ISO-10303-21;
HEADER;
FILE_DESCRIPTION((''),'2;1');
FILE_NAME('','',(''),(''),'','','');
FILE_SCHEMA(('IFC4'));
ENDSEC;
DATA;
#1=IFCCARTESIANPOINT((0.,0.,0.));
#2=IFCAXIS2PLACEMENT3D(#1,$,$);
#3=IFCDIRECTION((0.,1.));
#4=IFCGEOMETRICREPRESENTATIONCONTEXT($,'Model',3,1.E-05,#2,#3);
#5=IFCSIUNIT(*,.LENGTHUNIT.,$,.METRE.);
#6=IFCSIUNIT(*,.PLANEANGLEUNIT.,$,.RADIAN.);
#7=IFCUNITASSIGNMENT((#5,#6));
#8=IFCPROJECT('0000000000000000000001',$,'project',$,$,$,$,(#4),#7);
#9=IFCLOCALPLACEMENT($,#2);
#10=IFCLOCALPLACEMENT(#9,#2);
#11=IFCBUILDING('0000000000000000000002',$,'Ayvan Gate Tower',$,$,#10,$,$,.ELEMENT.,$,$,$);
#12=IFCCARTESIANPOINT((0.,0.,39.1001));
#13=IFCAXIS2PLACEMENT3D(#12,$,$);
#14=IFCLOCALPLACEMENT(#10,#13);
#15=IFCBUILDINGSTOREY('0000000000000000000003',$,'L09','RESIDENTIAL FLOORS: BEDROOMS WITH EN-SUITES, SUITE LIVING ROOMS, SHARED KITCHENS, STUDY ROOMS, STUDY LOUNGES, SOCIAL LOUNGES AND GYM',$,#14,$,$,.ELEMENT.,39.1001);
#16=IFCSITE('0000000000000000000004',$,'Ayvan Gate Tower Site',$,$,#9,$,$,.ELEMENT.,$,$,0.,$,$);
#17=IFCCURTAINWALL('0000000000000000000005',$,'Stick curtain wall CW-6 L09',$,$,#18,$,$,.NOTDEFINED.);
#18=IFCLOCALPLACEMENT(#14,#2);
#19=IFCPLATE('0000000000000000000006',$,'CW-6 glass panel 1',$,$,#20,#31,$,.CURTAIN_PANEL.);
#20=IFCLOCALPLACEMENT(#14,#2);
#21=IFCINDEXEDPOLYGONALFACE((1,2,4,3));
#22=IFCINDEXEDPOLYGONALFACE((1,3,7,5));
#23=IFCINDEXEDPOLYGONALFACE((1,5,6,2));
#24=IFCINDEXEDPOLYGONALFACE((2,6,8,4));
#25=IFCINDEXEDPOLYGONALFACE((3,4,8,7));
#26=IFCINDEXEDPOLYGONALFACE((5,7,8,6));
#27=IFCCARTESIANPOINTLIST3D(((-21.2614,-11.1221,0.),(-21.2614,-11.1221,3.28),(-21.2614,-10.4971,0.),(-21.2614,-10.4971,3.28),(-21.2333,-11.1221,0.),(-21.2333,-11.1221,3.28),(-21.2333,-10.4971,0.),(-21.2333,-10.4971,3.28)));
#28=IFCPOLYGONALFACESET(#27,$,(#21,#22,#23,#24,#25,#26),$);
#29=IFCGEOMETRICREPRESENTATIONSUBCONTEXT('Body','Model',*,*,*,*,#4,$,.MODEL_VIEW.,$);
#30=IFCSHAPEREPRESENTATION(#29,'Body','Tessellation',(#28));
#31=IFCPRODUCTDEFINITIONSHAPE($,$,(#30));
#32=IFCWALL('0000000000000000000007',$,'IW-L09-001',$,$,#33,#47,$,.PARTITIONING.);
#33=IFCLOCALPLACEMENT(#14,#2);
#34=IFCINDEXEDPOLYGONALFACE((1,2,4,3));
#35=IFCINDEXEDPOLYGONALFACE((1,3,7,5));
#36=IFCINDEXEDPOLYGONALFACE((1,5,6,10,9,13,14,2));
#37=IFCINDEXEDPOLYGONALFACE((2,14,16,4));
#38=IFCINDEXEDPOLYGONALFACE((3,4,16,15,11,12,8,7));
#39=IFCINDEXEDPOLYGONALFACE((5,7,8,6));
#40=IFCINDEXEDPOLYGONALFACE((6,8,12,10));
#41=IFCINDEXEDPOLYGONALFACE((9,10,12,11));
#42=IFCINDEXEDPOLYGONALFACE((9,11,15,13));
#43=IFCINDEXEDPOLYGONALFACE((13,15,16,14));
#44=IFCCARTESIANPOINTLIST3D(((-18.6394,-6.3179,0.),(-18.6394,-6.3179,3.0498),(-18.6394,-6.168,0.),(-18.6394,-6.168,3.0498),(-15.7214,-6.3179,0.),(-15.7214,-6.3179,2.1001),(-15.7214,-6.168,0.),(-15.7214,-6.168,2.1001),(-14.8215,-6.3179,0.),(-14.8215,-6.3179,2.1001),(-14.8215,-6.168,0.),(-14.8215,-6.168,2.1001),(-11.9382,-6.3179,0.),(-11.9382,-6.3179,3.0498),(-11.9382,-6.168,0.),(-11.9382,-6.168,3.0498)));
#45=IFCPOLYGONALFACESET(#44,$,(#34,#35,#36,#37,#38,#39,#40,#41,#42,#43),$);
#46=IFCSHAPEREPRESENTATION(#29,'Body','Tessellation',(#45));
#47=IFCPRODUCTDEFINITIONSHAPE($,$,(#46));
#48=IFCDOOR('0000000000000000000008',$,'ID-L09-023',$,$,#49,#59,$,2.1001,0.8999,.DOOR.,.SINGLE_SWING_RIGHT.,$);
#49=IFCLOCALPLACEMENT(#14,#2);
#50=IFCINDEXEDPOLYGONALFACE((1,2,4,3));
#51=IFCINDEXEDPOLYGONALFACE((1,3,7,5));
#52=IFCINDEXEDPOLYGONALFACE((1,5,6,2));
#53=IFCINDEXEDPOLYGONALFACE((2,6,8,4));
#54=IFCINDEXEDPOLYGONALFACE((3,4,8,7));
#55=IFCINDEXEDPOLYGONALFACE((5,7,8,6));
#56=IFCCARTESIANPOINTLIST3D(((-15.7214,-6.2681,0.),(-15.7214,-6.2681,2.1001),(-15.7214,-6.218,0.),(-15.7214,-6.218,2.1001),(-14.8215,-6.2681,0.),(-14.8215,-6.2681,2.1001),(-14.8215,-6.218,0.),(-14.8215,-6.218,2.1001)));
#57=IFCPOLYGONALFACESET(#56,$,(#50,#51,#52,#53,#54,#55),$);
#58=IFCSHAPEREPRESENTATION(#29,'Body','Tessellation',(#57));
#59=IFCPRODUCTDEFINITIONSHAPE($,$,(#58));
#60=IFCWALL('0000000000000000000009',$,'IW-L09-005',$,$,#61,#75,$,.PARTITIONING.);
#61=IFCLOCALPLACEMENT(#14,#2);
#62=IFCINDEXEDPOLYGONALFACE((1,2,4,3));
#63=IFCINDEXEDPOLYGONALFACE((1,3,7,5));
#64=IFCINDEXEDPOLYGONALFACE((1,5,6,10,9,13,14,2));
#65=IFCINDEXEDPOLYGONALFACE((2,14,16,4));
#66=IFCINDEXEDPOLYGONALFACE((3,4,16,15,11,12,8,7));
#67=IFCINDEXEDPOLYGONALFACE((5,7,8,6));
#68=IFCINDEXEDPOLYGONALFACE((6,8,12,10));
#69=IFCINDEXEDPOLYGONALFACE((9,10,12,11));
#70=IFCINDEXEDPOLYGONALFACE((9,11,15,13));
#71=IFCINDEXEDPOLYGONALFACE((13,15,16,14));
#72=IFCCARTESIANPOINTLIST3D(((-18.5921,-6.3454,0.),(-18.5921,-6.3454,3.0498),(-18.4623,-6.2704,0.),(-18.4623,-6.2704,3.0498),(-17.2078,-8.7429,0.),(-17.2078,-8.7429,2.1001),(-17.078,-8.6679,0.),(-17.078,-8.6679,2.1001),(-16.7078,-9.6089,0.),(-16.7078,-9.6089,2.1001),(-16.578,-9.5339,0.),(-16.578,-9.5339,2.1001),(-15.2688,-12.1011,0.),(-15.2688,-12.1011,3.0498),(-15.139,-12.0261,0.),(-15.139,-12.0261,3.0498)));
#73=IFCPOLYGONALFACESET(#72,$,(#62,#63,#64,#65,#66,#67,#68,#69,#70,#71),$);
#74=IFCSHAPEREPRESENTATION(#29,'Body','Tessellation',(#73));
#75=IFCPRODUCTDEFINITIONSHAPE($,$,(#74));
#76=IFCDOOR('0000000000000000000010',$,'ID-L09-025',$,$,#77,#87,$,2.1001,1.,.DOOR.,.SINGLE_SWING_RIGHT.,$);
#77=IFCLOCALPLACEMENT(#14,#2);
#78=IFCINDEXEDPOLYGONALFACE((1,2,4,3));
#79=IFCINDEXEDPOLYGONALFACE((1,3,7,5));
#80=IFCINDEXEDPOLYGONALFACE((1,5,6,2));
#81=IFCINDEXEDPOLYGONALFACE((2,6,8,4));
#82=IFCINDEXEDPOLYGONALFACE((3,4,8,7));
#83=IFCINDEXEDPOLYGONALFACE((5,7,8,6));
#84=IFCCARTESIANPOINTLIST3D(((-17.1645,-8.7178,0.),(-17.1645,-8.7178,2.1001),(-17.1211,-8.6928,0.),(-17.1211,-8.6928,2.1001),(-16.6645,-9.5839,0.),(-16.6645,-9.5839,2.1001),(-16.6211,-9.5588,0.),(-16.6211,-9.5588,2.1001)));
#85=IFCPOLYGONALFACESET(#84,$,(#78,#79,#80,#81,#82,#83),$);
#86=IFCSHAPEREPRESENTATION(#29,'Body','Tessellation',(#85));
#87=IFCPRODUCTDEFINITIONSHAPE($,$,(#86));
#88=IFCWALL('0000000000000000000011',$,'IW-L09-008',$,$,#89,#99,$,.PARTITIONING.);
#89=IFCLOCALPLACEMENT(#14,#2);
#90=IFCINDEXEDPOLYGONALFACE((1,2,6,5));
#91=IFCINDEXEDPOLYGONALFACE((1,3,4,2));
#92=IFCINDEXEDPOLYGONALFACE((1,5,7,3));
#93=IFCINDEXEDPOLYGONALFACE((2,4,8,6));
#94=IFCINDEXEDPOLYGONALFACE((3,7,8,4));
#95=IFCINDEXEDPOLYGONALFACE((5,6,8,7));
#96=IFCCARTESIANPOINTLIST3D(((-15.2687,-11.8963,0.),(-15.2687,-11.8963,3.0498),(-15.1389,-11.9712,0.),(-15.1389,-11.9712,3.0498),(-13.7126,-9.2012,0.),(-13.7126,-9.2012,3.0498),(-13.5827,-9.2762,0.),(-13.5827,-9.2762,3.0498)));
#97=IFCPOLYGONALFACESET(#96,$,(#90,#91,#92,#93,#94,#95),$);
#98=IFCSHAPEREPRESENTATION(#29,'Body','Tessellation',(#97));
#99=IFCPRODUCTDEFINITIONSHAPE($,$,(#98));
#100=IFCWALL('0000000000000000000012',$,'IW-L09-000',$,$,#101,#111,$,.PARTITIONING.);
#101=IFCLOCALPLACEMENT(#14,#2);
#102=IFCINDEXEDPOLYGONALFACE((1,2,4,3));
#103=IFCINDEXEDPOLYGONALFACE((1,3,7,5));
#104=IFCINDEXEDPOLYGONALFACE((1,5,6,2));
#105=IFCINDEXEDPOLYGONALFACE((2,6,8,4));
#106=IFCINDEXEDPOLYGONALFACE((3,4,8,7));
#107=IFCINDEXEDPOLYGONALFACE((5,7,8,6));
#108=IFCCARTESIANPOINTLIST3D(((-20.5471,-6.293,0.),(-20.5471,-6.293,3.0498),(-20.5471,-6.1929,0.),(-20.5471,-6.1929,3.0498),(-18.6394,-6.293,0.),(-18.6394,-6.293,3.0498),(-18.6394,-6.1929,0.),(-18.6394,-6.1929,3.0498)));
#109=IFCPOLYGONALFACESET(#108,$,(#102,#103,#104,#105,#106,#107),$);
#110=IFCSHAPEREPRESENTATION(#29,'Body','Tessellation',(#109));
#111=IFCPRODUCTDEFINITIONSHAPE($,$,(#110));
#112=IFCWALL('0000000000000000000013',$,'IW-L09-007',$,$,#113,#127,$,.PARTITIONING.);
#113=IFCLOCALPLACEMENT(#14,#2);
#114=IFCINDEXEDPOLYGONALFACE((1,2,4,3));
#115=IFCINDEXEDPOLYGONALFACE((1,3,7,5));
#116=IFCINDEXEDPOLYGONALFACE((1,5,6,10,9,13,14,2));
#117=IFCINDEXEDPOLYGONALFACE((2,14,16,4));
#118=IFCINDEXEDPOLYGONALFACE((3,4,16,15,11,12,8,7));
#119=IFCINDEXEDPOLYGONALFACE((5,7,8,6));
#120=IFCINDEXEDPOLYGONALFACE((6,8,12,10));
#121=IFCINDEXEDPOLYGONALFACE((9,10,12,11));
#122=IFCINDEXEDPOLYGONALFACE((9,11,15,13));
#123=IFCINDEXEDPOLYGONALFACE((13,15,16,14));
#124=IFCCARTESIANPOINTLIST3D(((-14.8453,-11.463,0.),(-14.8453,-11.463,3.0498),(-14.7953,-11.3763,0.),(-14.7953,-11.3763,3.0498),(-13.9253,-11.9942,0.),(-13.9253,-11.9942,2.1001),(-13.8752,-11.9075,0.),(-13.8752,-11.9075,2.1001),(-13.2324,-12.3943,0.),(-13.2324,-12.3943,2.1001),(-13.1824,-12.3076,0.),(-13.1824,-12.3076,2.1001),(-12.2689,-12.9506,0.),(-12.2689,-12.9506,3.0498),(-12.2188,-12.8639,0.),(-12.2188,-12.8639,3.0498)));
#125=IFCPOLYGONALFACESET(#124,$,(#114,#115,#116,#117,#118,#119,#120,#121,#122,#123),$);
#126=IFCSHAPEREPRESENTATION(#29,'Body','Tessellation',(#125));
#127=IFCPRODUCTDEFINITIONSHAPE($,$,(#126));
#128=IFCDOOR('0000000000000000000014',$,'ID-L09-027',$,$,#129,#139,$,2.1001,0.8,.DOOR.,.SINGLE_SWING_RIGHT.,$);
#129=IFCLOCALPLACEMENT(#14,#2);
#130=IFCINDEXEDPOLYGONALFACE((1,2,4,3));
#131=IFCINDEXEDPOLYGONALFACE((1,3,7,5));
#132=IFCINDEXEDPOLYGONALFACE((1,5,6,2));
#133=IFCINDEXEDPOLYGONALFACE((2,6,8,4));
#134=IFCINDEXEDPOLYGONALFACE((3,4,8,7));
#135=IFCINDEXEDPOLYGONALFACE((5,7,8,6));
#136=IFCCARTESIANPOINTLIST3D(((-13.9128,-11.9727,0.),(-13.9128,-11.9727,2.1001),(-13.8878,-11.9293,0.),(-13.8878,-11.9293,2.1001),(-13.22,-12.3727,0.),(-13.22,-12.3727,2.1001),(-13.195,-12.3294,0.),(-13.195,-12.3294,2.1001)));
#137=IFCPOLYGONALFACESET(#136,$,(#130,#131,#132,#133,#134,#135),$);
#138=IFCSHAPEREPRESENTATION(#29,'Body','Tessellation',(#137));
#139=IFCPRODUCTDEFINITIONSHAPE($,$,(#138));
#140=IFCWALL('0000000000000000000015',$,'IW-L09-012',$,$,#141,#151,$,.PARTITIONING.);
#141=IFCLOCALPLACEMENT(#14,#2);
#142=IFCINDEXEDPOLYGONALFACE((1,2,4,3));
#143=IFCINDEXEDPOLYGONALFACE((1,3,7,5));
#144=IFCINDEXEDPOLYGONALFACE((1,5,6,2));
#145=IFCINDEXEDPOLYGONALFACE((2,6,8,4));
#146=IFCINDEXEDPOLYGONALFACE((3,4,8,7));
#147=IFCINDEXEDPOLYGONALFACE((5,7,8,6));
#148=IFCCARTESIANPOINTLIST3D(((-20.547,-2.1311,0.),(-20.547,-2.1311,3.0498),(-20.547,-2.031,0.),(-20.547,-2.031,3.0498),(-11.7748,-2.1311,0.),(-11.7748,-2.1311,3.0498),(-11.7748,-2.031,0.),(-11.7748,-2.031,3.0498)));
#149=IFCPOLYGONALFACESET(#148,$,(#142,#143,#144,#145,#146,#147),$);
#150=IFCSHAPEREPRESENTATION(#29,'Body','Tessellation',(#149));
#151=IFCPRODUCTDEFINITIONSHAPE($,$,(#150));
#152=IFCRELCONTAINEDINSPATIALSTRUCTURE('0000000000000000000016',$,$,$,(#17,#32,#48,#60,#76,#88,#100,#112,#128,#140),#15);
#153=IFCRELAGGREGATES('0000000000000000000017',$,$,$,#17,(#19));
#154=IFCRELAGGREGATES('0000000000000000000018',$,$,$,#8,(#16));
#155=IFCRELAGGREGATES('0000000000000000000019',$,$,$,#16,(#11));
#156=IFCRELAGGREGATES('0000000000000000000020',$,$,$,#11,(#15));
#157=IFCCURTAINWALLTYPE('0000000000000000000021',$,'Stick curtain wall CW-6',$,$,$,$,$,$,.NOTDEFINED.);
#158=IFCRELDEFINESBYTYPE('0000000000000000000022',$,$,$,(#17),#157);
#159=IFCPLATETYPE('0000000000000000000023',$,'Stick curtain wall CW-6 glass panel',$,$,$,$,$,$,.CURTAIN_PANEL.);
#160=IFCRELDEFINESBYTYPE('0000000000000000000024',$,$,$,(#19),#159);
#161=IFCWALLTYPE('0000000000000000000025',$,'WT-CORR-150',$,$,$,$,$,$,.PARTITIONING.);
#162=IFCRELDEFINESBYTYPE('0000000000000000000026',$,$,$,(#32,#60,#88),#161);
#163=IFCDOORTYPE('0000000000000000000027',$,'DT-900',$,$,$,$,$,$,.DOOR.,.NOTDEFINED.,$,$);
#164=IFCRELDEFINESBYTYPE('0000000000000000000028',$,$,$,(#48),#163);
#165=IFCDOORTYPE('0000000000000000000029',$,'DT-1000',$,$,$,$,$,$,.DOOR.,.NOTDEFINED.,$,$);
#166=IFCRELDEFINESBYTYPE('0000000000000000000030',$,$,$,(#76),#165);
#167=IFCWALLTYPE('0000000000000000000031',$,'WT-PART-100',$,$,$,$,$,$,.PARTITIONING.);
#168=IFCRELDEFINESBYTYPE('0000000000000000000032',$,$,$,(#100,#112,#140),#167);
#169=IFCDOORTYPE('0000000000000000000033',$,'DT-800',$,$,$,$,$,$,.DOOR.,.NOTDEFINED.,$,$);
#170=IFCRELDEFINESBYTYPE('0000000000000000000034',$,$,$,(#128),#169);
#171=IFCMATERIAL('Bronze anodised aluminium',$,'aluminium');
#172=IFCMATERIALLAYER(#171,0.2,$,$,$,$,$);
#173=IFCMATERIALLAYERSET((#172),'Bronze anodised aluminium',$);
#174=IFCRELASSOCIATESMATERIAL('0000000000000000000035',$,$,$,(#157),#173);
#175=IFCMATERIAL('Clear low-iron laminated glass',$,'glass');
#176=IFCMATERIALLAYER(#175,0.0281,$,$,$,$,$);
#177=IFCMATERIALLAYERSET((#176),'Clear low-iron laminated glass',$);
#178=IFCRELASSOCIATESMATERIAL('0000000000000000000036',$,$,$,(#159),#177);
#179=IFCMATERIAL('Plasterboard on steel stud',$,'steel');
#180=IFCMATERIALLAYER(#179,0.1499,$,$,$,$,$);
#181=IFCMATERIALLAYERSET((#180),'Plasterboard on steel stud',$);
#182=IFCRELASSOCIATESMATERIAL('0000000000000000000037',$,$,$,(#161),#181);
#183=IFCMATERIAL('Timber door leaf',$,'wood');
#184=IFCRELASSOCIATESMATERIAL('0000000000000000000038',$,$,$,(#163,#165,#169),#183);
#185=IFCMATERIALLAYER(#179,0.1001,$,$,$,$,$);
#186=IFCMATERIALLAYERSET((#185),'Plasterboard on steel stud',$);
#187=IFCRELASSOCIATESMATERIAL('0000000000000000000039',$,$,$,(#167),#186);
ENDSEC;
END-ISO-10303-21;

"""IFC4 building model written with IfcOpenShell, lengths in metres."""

from ifc_helpers import new_model, si_unit, direction, frame, frame_2d, origin, origin_2d, place, context, subcontext, project, spatial, rectangle, extrude, material, layer, layer_set, type_object, element, fill, aggregate, save


model = new_model("IFC4")

# Units and contexts
model_context = context("Model", 3, precision=1e-05, world=origin(), true_north=direction((0.0, 1.0)))
body_context = subcontext(model_context, "Body", "Model", "MODEL_VIEW")
ifc_project = project(units=[si_unit("LENGTHUNIT", "METRE"), si_unit("PLANEANGLEUNIT", "RADIAN")], contexts=[model_context])

# Site, building, storey
site_placement = place(None, origin())
site = spatial("IfcSite", under=ifc_project, at=site_placement, Name="Ayvan Gate Tower Site", CompositionType="ELEMENT", RefElevation=0.0)
building_placement = place(site_placement, origin())
building = spatial("IfcBuilding", under=site, at=building_placement, Name="Ayvan Gate Tower", CompositionType="ELEMENT")
storey_placement = place(building_placement, frame((0.0, 0.0, 39.1001)))
storey = spatial("IfcBuildingStorey", under=building, at=storey_placement, Name="L09", Description="RESIDENTIAL FLOORS: BEDROOMS WITH EN-SUITES, SUITE LIVING ROOMS, SHARED KITCHENS, STUDY ROOMS, STUDY LOUNGES, SOCIAL LOUNGES AND GYM", CompositionType="ELEMENT", Elevation=39.1001)

# Shared definitions
ifc_material_1 = material(Name="Bronze anodised aluminium", Category="aluminium")

# Curtain wall
ifc_layer_1 = layer(ifc_material_1, 0.2)
ifc_layer_set_1 = layer_set([ifc_layer_1], Name="Bronze anodised aluminium")
curtain_wall_type_1 = type_object("IfcCurtainWallType", Name="Stick curtain wall CW-6", PredefinedType="NOTDEFINED", material=ifc_layer_set_1)
curtain_wall_1_placement = place(storey_placement, origin())
curtain_wall_1 = element("IfcCurtainWall", 1, at=curtain_wall_1_placement, inside=storey, type_object=curtain_wall_type_1, Name="Stick curtain wall CW-6 L09", PredefinedType="NOTDEFINED")

# Plate
ifc_material_2 = material(Name="Clear low-iron laminated glass", Category="glass")
ifc_layer_2 = layer(ifc_material_2, 0.0281)
ifc_layer_set_2 = layer_set([ifc_layer_2], Name="Clear low-iron laminated glass")
plate_type_1 = type_object("IfcPlateType", Name="Stick curtain wall CW-6 glass panel", PredefinedType="CURTAIN_PANEL", material=ifc_layer_set_2)
plate_1_placement = place(storey_placement, frame((-21.2473, -10.8096, 0.0), z_axis=(0.0, 0.0, 1.0), x_axis=(0.0, -1.0, 0.0)))
plate_1 = element("IfcPlate", 2, at=plate_1_placement, type_object=plate_type_1, Name="CW-6 glass panel 1", PredefinedType="CURTAIN_PANEL", context=body_context, shape_type="SweptSolid", body=[
    extrude(rectangle(XDim=0.625, YDim=0.0281, at=origin_2d()), origin(), (0.0, 0.0, 1.0), 3.28),
])
aggregate(curtain_wall_1, [plate_1])

# Walls, openings, doors
ifc_material_3 = material(Name="Plasterboard on steel stud", Category="steel")
ifc_layer_3 = layer(ifc_material_3, 0.1499)
ifc_layer_set_3 = layer_set([ifc_layer_3], Name="Plasterboard on steel stud")
wall_type_1 = type_object("IfcWallType", Name="WT-CORR-150", PredefinedType="PARTITIONING", material=ifc_layer_set_3)
wall_1_placement = place(storey_placement, frame((-18.6394, -6.2429, 0.0), z_axis=(0.0, 0.0, 1.0), x_axis=(1.0, 0.0, 0.0)))
wall_1 = element("IfcWall", 3, at=wall_1_placement, inside=storey, type_object=wall_type_1, Name="IW-L09-001", PredefinedType="PARTITIONING", context=body_context, shape_type="SweptSolid", body=[
    extrude(rectangle(XDim=6.7012, YDim=0.1499, at=frame_2d((3.3506, 0.0))), origin(), (0.0, 0.0, 1.0), 3.0498),
])
opening_1_placement = place(wall_1_placement, frame((2.918, 0.0, 0.0)))
opening_1 = element("IfcOpeningElement", 4, at=opening_1_placement, cuts=wall_1, PredefinedType="OPENING", context=body_context, shape_type="SweptSolid", body=[
    extrude(rectangle(XDim=0.8999, YDim=2.1001, at=frame_2d((0.45, 1.05))), frame((0.0, 0.085, 0.0), z_axis=(0.0, -1.0, 0.0), x_axis=(1.0, 0.0, 0.0)), (0.0, 0.0, 1.0), 0.1699),
])
ifc_material_4 = material(Name="Timber door leaf", Category="wood")
door_type_1 = type_object("IfcDoorType", Name="DT-900", OperationType="NOTDEFINED", PredefinedType="DOOR", material=ifc_material_4)
door_1_placement = place(opening_1_placement, origin())
door_1 = element("IfcDoor", 5, at=door_1_placement, inside=storey, type_object=door_type_1, Name="ID-L09-023", OperationType="SINGLE_SWING_RIGHT", OverallHeight=2.1001, OverallWidth=0.8999, PredefinedType="DOOR", context=body_context, shape_type="SweptSolid", body=[
    extrude(rectangle(XDim=0.8999, YDim=2.1001, at=frame_2d((0.45, 1.05))), frame((0.0, 0.0249, 0.0), z_axis=(0.0, -1.0, 0.0), x_axis=(1.0, 0.0, 0.0)), (0.0, 0.0, 1.0), 0.05),
])
fill(opening_1, door_1)
wall_2_placement = place(storey_placement, frame((-15.2039, -12.0637, 0.0), z_axis=(0.0, 0.0, 1.0), x_axis=(-0.500027, 0.86601, 0.0)))
wall_2 = element("IfcWall", 6, at=wall_2_placement, inside=storey, type_object=wall_type_1, Name="IW-L09-005", PredefinedType="PARTITIONING", context=body_context, shape_type="SweptSolid", body=[
    extrude(rectangle(XDim=6.6462, YDim=0.1499, at=frame_2d((3.3232, 0.0))), origin(), (0.0, 0.0, 1.0), 3.0498),
])
opening_2_placement = place(wall_2_placement, frame((2.8779, 0.0, 0.0)))
opening_2 = element("IfcOpeningElement", 7, at=opening_2_placement, cuts=wall_2, PredefinedType="OPENING", context=body_context, shape_type="SweptSolid", body=[
    extrude(rectangle(XDim=1.0, YDim=2.1001, at=frame_2d((0.5, 1.05))), frame((0.0, 0.085, 0.0), z_axis=(0.0, -1.0, 0.0), x_axis=(1.0, 0.0, 0.0)), (0.0, 0.0, 1.0), 0.1699),
])
door_type_2 = type_object("IfcDoorType", Name="DT-1000", OperationType="NOTDEFINED", PredefinedType="DOOR", material=ifc_material_4)
door_2_placement = place(opening_2_placement, origin())
door_2 = element("IfcDoor", 8, at=door_2_placement, inside=storey, type_object=door_type_2, Name="ID-L09-025", OperationType="SINGLE_SWING_RIGHT", OverallHeight=2.1001, OverallWidth=1.0, PredefinedType="DOOR", context=body_context, shape_type="SweptSolid", body=[
    extrude(rectangle(XDim=1.0, YDim=2.1001, at=frame_2d((0.5, 1.05))), frame((0.0, 0.0249, 0.0), z_axis=(0.0, -1.0, 0.0), x_axis=(1.0, 0.0, 0.0)), (0.0, 0.0, 1.0), 0.05),
])
fill(opening_2, door_2)

# Walls
wall_3_placement = place(storey_placement, frame((-15.2039, -11.9338, 0.0), z_axis=(0.0, 0.0, 1.0), x_axis=(0.500037, 0.866004, 0.0)))
element("IfcWall", 9, at=wall_3_placement, inside=storey, type_object=wall_type_1, Name="IW-L09-008", PredefinedType="PARTITIONING", context=body_context, shape_type="SweptSolid", body=[
    extrude(rectangle(XDim=3.1121, YDim=0.1499, at=frame_2d((1.5562, 0.0))), origin(), (0.0, 0.0, 1.0), 3.0498),
])
ifc_layer_4 = layer(ifc_material_3, 0.1001)
ifc_layer_set_4 = layer_set([ifc_layer_4], Name="Plasterboard on steel stud")
wall_type_2 = type_object("IfcWallType", Name="WT-PART-100", PredefinedType="PARTITIONING", material=ifc_layer_set_4)
wall_4_placement = place(storey_placement, frame((-18.6394, -6.2429, 0.0), z_axis=(0.0, 0.0, 1.0), x_axis=(-1.0, 0.0, 0.0)))
element("IfcWall", 10, at=wall_4_placement, inside=storey, type_object=wall_type_2, Name="IW-L09-000", PredefinedType="PARTITIONING", context=body_context, shape_type="SweptSolid", body=[
    extrude(rectangle(XDim=1.9077, YDim=0.1001, at=frame_2d((0.9539, 0.0))), origin(), (0.0, 0.0, 1.0), 3.0498),
])

# Wall, opening, door
wall_5_placement = place(storey_placement, frame((-14.8203, -11.4197, 0.0), z_axis=(0.0, 0.0, 1.0), x_axis=(0.866017, -0.500014, 0.0)))
wall_5 = element("IfcWall", 11, at=wall_5_placement, inside=storey, type_object=wall_type_2, Name="IW-L09-007", PredefinedType="PARTITIONING", context=body_context, shape_type="SweptSolid", body=[
    extrude(rectangle(XDim=2.9751, YDim=0.1001, at=frame_2d((1.4875, 0.0))), origin(), (0.0, 0.0, 1.0), 3.0498),
])
opening_3_placement = place(wall_5_placement, frame((1.0625, 0.0, 0.0)))
opening_3 = element("IfcOpeningElement", 12, at=opening_3_placement, cuts=wall_5, PredefinedType="OPENING", context=body_context, shape_type="SweptSolid", body=[
    extrude(rectangle(XDim=0.8, YDim=2.1001, at=frame_2d((0.3999, 1.05))), frame((0.0, 0.0601, 0.0), z_axis=(0.0, -1.0, 0.0), x_axis=(1.0, 0.0, 0.0)), (0.0, 0.0, 1.0), 0.1201),
])
door_type_3 = type_object("IfcDoorType", Name="DT-800", OperationType="NOTDEFINED", PredefinedType="DOOR", material=ifc_material_4)
door_3_placement = place(opening_3_placement, origin())
door_3 = element("IfcDoor", 13, at=door_3_placement, inside=storey, type_object=door_type_3, Name="ID-L09-027", OperationType="SINGLE_SWING_RIGHT", OverallHeight=2.1001, OverallWidth=0.8, PredefinedType="DOOR", context=body_context, shape_type="SweptSolid", body=[
    extrude(rectangle(XDim=0.8, YDim=2.1001, at=frame_2d((0.3999, 1.05))), frame((0.0, 0.0249, 0.0), z_axis=(0.0, -1.0, 0.0), x_axis=(1.0, 0.0, 0.0)), (0.0, 0.0, 1.0), 0.05),
])
fill(opening_3, door_3)

# Wall
wall_6_placement = place(storey_placement, frame((-20.5471, -2.0811, 0.0), z_axis=(0.0, 0.0, 1.0), x_axis=(1.0, 0.0, 0.0)))
element("IfcWall", 14, at=wall_6_placement, inside=storey, type_object=wall_type_2, Name="IW-L09-012", PredefinedType="PARTITIONING", context=body_context, shape_type="SweptSolid", body=[
    extrude(rectangle(XDim=8.7722, YDim=0.1001, at=frame_2d((4.3862, 0.0))), origin(), (0.0, 0.0, 1.0), 3.0498),
])

save(model, "model.ifc")
